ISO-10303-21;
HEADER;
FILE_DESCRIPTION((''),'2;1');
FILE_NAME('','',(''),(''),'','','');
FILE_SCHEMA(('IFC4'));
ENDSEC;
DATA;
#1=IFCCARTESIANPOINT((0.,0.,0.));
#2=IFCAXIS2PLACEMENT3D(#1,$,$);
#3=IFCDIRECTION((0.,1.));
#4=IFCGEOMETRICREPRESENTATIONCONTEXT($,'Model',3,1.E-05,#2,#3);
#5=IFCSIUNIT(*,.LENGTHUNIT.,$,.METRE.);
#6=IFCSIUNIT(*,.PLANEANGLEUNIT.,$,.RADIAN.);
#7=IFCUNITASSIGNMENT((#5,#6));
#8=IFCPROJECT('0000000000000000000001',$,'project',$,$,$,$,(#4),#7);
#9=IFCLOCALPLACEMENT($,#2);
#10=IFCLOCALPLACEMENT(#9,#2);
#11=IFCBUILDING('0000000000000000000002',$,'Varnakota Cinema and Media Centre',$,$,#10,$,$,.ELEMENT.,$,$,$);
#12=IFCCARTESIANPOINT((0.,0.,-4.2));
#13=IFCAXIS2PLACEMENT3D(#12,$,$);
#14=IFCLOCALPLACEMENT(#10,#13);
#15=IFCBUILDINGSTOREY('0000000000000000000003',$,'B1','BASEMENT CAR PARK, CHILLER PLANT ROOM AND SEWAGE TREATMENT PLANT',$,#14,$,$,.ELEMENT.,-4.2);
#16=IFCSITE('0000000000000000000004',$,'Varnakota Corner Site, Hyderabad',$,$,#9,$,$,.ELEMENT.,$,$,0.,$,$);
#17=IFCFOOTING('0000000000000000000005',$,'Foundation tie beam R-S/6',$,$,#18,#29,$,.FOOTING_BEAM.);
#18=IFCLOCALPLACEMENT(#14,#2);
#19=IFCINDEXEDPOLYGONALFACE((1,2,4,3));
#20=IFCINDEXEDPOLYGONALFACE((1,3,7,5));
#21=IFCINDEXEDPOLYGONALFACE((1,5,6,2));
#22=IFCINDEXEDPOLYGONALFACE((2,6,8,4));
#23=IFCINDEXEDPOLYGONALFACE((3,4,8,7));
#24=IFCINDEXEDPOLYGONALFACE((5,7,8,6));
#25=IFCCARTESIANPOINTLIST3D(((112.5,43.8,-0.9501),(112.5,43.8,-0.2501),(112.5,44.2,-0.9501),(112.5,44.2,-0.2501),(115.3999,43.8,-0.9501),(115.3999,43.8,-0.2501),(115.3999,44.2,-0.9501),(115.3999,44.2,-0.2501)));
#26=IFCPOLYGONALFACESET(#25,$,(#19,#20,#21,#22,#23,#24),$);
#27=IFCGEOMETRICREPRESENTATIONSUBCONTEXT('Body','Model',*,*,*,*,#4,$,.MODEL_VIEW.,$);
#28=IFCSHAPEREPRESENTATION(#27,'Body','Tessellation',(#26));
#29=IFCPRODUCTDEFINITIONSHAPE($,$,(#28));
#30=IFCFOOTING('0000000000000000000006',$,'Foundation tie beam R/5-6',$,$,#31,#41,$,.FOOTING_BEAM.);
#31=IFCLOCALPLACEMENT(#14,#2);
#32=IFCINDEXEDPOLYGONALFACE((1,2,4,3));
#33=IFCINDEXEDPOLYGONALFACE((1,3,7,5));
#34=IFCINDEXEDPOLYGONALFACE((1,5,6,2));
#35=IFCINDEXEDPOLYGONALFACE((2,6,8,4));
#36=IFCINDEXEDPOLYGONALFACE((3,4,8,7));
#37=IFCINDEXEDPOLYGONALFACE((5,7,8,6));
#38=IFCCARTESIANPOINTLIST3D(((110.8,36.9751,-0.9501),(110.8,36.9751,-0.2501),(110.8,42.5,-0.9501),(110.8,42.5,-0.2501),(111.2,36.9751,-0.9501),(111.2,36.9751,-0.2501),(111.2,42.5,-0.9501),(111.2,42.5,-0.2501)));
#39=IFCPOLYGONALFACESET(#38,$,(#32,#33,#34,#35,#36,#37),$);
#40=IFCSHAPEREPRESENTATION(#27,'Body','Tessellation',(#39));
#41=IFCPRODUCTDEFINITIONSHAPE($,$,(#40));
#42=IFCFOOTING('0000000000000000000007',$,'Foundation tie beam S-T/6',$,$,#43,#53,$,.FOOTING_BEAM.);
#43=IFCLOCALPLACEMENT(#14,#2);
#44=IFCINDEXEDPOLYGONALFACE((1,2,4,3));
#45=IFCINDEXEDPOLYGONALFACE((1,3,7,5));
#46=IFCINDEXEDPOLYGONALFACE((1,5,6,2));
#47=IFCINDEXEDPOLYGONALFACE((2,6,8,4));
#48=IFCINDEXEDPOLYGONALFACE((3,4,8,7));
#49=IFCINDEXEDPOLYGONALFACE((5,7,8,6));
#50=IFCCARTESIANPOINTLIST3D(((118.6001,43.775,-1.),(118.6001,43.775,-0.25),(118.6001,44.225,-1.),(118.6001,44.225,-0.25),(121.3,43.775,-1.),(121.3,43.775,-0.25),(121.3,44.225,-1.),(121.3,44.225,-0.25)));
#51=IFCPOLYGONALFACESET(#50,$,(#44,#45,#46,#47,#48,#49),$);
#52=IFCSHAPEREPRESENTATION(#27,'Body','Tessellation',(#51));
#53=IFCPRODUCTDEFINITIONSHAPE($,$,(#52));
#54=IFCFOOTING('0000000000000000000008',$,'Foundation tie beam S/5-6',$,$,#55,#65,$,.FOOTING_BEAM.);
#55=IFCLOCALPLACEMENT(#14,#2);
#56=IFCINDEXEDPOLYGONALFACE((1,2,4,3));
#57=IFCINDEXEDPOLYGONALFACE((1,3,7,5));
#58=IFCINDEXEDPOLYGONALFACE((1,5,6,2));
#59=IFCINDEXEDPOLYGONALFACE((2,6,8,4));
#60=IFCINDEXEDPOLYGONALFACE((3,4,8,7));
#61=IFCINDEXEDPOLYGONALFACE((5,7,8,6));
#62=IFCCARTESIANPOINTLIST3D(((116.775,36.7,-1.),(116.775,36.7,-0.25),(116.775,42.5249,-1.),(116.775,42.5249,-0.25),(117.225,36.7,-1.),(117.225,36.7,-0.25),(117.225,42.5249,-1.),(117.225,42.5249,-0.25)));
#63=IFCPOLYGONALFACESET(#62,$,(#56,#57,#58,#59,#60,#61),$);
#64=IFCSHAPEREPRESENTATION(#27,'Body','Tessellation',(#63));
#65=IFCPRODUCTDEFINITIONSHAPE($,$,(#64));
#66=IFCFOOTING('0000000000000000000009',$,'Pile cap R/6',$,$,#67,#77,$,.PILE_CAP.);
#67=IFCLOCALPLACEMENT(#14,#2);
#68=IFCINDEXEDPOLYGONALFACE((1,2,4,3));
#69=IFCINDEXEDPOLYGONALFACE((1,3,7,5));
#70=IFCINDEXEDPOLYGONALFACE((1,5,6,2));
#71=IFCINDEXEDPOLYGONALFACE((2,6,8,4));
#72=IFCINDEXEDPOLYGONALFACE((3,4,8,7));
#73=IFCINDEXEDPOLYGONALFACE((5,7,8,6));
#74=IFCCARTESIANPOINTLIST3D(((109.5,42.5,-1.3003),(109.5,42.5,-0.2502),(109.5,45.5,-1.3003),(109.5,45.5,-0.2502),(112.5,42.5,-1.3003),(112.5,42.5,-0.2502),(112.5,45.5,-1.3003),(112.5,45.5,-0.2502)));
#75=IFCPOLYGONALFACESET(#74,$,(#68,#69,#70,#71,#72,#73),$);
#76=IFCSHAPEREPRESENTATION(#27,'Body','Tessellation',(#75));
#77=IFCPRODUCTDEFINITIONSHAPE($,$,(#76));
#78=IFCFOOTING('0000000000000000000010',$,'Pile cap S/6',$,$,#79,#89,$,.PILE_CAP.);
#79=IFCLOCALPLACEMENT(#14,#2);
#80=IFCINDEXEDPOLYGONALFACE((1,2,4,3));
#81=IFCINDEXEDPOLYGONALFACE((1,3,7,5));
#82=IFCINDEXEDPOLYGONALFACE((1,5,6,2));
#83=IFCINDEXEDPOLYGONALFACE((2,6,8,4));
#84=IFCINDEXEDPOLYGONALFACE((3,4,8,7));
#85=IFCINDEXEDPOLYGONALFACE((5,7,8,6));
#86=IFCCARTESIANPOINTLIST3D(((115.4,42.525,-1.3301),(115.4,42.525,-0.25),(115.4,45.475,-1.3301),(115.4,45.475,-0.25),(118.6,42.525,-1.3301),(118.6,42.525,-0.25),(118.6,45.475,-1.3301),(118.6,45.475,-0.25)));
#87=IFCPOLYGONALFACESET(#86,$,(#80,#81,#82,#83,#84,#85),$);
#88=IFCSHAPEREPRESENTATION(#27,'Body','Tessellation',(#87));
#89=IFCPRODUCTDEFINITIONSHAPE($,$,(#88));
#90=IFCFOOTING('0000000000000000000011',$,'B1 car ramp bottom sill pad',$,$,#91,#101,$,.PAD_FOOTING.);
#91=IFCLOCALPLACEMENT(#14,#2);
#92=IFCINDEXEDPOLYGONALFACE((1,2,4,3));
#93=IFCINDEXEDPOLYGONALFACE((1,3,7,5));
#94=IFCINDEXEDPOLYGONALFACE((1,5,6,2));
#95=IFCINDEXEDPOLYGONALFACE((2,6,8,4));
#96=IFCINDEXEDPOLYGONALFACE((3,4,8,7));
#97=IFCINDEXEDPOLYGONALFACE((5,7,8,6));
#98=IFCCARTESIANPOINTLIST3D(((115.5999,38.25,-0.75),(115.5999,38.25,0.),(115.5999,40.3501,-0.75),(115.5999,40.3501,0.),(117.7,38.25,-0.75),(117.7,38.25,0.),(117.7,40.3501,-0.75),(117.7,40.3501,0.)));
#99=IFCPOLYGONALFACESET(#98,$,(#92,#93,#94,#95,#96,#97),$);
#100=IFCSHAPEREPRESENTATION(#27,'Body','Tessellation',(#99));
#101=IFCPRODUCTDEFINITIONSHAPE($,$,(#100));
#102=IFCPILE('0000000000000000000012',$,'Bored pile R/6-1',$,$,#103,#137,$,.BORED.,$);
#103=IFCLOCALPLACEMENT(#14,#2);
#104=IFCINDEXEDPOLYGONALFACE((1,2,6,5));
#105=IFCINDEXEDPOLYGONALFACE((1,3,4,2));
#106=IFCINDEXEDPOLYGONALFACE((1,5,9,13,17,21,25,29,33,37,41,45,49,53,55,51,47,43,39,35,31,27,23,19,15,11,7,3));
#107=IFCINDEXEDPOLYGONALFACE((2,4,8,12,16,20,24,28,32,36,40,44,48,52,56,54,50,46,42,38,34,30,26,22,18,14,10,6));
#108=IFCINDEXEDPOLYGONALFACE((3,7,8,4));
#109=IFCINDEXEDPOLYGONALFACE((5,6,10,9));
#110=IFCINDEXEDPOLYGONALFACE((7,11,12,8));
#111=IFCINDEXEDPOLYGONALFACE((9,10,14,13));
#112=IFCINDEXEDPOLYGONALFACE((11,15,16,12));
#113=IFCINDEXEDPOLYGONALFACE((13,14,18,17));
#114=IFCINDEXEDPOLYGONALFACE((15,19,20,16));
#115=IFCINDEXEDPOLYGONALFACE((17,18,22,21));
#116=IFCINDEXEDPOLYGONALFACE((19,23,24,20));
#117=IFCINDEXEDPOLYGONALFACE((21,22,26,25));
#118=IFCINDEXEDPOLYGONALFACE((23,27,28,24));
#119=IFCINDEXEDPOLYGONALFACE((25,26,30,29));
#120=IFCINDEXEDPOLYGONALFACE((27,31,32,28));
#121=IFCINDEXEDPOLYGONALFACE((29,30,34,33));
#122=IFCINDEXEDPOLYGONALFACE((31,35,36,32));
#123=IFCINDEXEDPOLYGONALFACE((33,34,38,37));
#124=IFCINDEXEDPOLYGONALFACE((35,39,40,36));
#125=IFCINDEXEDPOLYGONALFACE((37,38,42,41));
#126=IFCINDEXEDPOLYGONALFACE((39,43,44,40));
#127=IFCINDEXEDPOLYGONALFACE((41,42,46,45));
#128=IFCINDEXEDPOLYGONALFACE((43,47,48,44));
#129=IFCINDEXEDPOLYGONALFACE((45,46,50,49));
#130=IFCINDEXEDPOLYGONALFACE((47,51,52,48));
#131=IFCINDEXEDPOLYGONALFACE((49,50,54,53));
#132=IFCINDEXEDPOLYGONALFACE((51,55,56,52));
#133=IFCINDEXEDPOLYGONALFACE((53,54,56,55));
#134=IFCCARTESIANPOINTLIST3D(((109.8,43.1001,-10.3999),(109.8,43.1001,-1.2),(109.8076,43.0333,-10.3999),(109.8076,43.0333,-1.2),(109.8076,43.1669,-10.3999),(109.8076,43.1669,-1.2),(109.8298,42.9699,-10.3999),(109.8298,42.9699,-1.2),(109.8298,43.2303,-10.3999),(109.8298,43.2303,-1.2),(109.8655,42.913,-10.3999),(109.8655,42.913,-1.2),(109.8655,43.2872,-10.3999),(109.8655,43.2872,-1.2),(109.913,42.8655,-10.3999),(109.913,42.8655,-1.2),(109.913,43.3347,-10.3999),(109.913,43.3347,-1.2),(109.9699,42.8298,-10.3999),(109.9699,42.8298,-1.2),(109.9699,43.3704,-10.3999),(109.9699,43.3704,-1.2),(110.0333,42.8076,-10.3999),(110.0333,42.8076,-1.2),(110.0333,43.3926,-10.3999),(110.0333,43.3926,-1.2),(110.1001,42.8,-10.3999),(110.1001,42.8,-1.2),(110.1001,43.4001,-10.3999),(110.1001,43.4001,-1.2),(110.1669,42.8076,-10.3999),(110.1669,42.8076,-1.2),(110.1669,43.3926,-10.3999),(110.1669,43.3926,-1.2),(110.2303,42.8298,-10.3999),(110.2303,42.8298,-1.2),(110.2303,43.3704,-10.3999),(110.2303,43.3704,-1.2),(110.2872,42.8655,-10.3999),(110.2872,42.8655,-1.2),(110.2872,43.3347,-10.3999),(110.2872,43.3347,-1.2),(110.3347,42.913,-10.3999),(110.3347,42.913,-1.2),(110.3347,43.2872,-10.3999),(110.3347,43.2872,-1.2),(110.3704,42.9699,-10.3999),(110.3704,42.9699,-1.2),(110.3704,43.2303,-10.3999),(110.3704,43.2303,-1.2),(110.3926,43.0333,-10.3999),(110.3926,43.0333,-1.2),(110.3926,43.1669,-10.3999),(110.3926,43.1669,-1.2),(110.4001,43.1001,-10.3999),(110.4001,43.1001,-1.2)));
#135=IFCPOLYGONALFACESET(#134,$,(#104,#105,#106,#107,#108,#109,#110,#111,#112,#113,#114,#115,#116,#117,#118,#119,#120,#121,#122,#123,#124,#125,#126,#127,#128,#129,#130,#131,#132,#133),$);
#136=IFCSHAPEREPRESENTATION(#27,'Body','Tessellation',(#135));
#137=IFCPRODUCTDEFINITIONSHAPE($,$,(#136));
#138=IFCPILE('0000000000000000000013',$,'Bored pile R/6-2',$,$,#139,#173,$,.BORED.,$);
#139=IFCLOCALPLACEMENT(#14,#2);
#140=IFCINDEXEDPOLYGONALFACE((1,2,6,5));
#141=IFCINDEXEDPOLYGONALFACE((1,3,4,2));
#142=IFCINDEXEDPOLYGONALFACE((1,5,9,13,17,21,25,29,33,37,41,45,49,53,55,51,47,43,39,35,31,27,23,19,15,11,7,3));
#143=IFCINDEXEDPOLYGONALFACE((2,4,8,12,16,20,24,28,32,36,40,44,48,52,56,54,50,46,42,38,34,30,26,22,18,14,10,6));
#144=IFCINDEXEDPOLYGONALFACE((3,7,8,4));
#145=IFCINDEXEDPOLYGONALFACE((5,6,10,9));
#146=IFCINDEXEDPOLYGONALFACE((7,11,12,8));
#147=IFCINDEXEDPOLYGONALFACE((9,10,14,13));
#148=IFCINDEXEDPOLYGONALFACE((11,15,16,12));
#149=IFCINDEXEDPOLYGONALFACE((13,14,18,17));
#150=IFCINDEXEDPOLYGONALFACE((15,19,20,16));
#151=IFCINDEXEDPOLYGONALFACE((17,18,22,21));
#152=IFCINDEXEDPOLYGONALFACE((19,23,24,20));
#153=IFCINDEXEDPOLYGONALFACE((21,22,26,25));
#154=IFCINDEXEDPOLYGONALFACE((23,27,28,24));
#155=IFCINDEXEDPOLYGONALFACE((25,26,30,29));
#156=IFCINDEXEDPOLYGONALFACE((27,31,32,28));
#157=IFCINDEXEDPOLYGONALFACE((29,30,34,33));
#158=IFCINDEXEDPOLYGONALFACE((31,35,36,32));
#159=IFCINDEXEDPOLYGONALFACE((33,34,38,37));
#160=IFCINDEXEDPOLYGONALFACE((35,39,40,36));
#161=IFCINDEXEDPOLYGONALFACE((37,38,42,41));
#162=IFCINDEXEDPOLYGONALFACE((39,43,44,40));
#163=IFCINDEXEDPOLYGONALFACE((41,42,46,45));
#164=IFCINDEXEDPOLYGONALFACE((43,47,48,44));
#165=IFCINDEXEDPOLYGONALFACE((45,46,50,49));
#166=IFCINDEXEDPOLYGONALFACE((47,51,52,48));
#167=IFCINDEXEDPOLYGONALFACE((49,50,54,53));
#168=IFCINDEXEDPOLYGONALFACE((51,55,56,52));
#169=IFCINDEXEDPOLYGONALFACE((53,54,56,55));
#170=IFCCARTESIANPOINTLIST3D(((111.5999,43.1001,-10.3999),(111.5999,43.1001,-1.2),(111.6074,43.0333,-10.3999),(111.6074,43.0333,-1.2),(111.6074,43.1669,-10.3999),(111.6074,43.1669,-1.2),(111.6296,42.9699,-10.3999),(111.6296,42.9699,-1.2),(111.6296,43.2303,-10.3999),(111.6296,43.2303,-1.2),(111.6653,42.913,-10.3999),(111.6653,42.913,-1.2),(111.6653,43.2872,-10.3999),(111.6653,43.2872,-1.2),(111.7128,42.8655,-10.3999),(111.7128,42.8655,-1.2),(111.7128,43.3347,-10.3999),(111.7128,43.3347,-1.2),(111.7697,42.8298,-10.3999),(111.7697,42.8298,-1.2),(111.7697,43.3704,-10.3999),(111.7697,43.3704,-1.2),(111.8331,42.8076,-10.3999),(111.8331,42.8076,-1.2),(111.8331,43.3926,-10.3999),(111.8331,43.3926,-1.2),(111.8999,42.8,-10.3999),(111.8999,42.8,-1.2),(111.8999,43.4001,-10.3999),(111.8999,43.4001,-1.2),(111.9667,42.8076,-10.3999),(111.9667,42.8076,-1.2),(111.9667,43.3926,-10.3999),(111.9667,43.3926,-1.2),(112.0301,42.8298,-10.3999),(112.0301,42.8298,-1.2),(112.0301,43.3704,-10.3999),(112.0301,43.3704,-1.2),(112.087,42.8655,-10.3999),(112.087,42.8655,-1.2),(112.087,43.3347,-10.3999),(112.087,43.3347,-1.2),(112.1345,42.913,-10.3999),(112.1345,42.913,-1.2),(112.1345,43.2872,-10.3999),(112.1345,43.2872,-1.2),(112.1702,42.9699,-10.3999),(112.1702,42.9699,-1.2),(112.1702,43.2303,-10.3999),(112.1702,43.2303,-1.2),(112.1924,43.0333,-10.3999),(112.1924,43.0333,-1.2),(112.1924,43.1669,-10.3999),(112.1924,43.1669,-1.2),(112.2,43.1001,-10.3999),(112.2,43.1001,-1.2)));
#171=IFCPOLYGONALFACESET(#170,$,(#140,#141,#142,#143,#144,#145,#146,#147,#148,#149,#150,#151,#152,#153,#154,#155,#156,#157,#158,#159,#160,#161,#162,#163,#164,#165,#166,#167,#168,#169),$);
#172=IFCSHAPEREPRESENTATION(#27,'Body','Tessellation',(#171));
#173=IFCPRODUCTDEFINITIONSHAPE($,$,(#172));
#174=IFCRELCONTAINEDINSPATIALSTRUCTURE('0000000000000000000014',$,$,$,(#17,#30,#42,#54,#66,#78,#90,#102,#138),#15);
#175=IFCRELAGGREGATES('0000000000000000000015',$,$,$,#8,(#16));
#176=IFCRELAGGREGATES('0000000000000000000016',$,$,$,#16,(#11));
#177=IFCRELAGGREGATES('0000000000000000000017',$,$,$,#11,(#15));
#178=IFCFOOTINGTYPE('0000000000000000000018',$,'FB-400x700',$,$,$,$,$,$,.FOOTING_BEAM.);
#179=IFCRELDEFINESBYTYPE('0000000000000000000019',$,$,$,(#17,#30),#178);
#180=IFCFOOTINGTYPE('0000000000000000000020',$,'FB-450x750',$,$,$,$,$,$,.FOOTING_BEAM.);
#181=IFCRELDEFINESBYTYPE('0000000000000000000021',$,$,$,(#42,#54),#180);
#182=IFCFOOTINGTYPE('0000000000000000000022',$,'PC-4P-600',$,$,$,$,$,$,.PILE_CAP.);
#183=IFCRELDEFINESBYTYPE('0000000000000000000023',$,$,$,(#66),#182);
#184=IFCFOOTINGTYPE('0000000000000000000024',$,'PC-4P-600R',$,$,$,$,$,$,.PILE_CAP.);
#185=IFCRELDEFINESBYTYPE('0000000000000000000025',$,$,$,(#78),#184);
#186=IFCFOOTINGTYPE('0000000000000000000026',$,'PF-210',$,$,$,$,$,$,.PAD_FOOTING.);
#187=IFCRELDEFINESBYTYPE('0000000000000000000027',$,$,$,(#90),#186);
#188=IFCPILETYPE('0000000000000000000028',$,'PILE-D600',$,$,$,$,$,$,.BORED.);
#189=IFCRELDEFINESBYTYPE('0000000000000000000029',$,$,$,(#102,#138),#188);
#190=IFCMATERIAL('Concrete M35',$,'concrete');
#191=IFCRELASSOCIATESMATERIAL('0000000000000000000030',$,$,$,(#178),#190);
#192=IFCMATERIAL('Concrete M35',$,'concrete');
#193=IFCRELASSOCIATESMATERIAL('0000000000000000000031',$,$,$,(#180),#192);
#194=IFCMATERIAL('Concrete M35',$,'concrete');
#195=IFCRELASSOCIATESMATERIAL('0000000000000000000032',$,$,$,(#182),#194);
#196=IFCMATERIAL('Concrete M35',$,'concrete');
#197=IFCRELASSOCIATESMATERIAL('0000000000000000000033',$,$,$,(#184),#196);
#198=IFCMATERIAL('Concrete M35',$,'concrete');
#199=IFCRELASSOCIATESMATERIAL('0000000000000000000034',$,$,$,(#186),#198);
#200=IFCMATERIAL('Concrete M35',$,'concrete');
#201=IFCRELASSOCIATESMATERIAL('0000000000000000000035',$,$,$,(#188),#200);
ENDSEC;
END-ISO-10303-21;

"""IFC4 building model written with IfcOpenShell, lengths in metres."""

from ifc_helpers import new_model, si_unit, direction, frame, origin, origin_2d, place, context, subcontext, project, spatial, rectangle, circle, extrude, material, material_profile, profile_set, type_object, element, save


model = new_model("IFC4")

# Units and contexts
model_context = context("Model", 3, precision=1e-05, world=origin(), true_north=direction((0.0, 1.0)))
body_context = subcontext(model_context, "Body", "Model", "MODEL_VIEW")
ifc_project = project(units=[si_unit("LENGTHUNIT", "METRE"), si_unit("PLANEANGLEUNIT", "RADIAN")], contexts=[model_context])

# Site, building, storey
site_placement = place(None, origin())
site = spatial("IfcSite", under=ifc_project, at=site_placement, Name="Varnakota Corner Site, Hyderabad", CompositionType="ELEMENT", RefElevation=0.0)
building_placement = place(site_placement, origin())
building = spatial("IfcBuilding", under=site, at=building_placement, Name="Varnakota Cinema and Media Centre", CompositionType="ELEMENT")
storey_placement = place(building_placement, frame((0.0, 0.0, -4.2)))
storey = spatial("IfcBuildingStorey", under=building, at=storey_placement, Name="B1", Description="BASEMENT CAR PARK, CHILLER PLANT ROOM AND SEWAGE TREATMENT PLANT", CompositionType="ELEMENT", Elevation=-4.2)

# Footings
ifc_material_1 = material(Name="Concrete M35", Category="concrete")
ifc_material_profile_1 = material_profile(ifc_material_1, rectangle(XDim=0.3999, YDim=0.7, at=origin_2d()), Name="FB 400x700")
ifc_profile_set_1 = profile_set([ifc_material_profile_1], Name="Concrete M35")
footing_type_1 = type_object("IfcFootingType", Name="FB-400x700", PredefinedType="FOOTING_BEAM", material=ifc_profile_set_1)
footing_1_placement = place(storey_placement, frame((112.5, 44.0, -0.6001), z_axis=(1.0, 0.0, 0.0), x_axis=(0.0, 1.0, 0.0)))
element("IfcFooting", 1, at=footing_1_placement, inside=storey, type_object=footing_type_1, Name="Foundation tie beam R-S/6", PredefinedType="FOOTING_BEAM", context=body_context, shape_type="SweptSolid", body=[
    extrude(rectangle(XDim=0.3999, YDim=0.7, at=origin_2d()), origin(), (0.0, 0.0, 1.0), 2.8999),
])
footing_2_placement = place(storey_placement, frame((111.0, 36.9751, -0.6001), z_axis=(0.0, 1.0, 0.0), x_axis=(-1.0, 0.0, 0.0)))
element("IfcFooting", 2, at=footing_2_placement, inside=storey, type_object=footing_type_1, Name="Foundation tie beam R/5-6", PredefinedType="FOOTING_BEAM", context=body_context, shape_type="SweptSolid", body=[
    extrude(rectangle(XDim=0.3999, YDim=0.7, at=origin_2d()), origin(), (0.0, 0.0, 1.0), 5.5249),
])
ifc_material_2 = material(Name="Concrete M35", Category="concrete")
ifc_material_profile_2 = material_profile(ifc_material_2, rectangle(XDim=0.45, YDim=0.75, at=origin_2d()), Name="FB 450x750")
ifc_profile_set_2 = profile_set([ifc_material_profile_2], Name="Concrete M35")
footing_type_2 = type_object("IfcFootingType", Name="FB-450x750", PredefinedType="FOOTING_BEAM", material=ifc_profile_set_2)
footing_3_placement = place(storey_placement, frame((118.6001, 44.0, -0.625), z_axis=(1.0, 0.0, 0.0), x_axis=(0.0, 1.0, 0.0)))
element("IfcFooting", 3, at=footing_3_placement, inside=storey, type_object=footing_type_2, Name="Foundation tie beam S-T/6", PredefinedType="FOOTING_BEAM", context=body_context, shape_type="SweptSolid", body=[
    extrude(rectangle(XDim=0.45, YDim=0.75, at=origin_2d()), origin(), (0.0, 0.0, 1.0), 2.7),
])
footing_4_placement = place(storey_placement, frame((117.0, 36.7, -0.625), z_axis=(0.0, 1.0, 0.0), x_axis=(-1.0, 0.0, 0.0)))
element("IfcFooting", 4, at=footing_4_placement, inside=storey, type_object=footing_type_2, Name="Foundation tie beam S/5-6", PredefinedType="FOOTING_BEAM", context=body_context, shape_type="SweptSolid", body=[
    extrude(rectangle(XDim=0.45, YDim=0.75, at=origin_2d()), origin(), (0.0, 0.0, 1.0), 5.825),
])
ifc_material_3 = material(Name="Concrete M35", Category="concrete")
footing_type_3 = type_object("IfcFootingType", Name="PC-4P-600", PredefinedType="PILE_CAP", material=ifc_material_3)
footing_5_placement = place(storey_placement, frame((111.0, 44.0, -1.3003), z_axis=(0.0, 0.0, 1.0), x_axis=(1.0, 0.0, 0.0)))
element("IfcFooting", 5, at=footing_5_placement, inside=storey, type_object=footing_type_3, Name="Pile cap R/6", PredefinedType="PILE_CAP", context=body_context, shape_type="SweptSolid", body=[
    extrude(rectangle(XDim=3.0, YDim=3.0, at=origin_2d()), origin(), (0.0, 0.0, 1.0), 1.05),
])
ifc_material_4 = material(Name="Concrete M35", Category="concrete")
footing_type_4 = type_object("IfcFootingType", Name="PC-4P-600R", PredefinedType="PILE_CAP", material=ifc_material_4)
footing_6_placement = place(storey_placement, frame((117.0, 44.0, -1.3301), z_axis=(0.0, 0.0, 1.0), x_axis=(1.0, 0.0, 0.0)))
element("IfcFooting", 6, at=footing_6_placement, inside=storey, type_object=footing_type_4, Name="Pile cap S/6", PredefinedType="PILE_CAP", context=body_context, shape_type="SweptSolid", body=[
    extrude(rectangle(XDim=3.2, YDim=2.95, at=origin_2d()), origin(), (0.0, 0.0, 1.0), 1.0801),
])
ifc_material_5 = material(Name="Concrete M35", Category="concrete")
footing_type_5 = type_object("IfcFootingType", Name="PF-210", PredefinedType="PAD_FOOTING", material=ifc_material_5)
footing_7_placement = place(storey_placement, frame((116.6499, 39.3, -0.75), z_axis=(0.0, 0.0, 1.0), x_axis=(1.0, 0.0, 0.0)))
element("IfcFooting", 7, at=footing_7_placement, inside=storey, type_object=footing_type_5, Name="B1 car ramp bottom sill pad", PredefinedType="PAD_FOOTING", context=body_context, shape_type="SweptSolid", body=[
    extrude(rectangle(XDim=2.1001, YDim=2.1001, at=origin_2d()), origin(), (0.0, 0.0, 1.0), 0.75),
])

# Piles
ifc_material_6 = material(Name="Concrete M35", Category="concrete")
ifc_material_profile_3 = material_profile(ifc_material_6, circle(Radius=0.3, at=origin_2d()), Name="PILE D600")
ifc_profile_set_3 = profile_set([ifc_material_profile_3], Name="Concrete M35")
pile_type_1 = type_object("IfcPileType", Name="PILE-D600", PredefinedType="BORED", material=ifc_profile_set_3)
for number, where, z_axis, x_axis, name in (
    (8, (110.1001, 43.1001, -1.2), (0.0, 0.0, -1.0), (1.0, 0.0, 0.0), "Bored pile R/6-1"),
    (9, (111.8999, 43.1001, -1.2), (0.0, 0.0, -1.0), (1.0, 0.0, 0.0), "Bored pile R/6-2"),
):
    element("IfcPile", number, at=place(storey_placement, frame(where, z_axis=z_axis, x_axis=x_axis)), inside=storey, type_object=pile_type_1, Name=name, PredefinedType="BORED", context=body_context, shape_type="SweptSolid", body=[
        extrude(circle(Radius=0.3, at=origin_2d()), origin(), (0.0, 0.0, 1.0), 9.2),
    ])

save(model, "model.ifc")
